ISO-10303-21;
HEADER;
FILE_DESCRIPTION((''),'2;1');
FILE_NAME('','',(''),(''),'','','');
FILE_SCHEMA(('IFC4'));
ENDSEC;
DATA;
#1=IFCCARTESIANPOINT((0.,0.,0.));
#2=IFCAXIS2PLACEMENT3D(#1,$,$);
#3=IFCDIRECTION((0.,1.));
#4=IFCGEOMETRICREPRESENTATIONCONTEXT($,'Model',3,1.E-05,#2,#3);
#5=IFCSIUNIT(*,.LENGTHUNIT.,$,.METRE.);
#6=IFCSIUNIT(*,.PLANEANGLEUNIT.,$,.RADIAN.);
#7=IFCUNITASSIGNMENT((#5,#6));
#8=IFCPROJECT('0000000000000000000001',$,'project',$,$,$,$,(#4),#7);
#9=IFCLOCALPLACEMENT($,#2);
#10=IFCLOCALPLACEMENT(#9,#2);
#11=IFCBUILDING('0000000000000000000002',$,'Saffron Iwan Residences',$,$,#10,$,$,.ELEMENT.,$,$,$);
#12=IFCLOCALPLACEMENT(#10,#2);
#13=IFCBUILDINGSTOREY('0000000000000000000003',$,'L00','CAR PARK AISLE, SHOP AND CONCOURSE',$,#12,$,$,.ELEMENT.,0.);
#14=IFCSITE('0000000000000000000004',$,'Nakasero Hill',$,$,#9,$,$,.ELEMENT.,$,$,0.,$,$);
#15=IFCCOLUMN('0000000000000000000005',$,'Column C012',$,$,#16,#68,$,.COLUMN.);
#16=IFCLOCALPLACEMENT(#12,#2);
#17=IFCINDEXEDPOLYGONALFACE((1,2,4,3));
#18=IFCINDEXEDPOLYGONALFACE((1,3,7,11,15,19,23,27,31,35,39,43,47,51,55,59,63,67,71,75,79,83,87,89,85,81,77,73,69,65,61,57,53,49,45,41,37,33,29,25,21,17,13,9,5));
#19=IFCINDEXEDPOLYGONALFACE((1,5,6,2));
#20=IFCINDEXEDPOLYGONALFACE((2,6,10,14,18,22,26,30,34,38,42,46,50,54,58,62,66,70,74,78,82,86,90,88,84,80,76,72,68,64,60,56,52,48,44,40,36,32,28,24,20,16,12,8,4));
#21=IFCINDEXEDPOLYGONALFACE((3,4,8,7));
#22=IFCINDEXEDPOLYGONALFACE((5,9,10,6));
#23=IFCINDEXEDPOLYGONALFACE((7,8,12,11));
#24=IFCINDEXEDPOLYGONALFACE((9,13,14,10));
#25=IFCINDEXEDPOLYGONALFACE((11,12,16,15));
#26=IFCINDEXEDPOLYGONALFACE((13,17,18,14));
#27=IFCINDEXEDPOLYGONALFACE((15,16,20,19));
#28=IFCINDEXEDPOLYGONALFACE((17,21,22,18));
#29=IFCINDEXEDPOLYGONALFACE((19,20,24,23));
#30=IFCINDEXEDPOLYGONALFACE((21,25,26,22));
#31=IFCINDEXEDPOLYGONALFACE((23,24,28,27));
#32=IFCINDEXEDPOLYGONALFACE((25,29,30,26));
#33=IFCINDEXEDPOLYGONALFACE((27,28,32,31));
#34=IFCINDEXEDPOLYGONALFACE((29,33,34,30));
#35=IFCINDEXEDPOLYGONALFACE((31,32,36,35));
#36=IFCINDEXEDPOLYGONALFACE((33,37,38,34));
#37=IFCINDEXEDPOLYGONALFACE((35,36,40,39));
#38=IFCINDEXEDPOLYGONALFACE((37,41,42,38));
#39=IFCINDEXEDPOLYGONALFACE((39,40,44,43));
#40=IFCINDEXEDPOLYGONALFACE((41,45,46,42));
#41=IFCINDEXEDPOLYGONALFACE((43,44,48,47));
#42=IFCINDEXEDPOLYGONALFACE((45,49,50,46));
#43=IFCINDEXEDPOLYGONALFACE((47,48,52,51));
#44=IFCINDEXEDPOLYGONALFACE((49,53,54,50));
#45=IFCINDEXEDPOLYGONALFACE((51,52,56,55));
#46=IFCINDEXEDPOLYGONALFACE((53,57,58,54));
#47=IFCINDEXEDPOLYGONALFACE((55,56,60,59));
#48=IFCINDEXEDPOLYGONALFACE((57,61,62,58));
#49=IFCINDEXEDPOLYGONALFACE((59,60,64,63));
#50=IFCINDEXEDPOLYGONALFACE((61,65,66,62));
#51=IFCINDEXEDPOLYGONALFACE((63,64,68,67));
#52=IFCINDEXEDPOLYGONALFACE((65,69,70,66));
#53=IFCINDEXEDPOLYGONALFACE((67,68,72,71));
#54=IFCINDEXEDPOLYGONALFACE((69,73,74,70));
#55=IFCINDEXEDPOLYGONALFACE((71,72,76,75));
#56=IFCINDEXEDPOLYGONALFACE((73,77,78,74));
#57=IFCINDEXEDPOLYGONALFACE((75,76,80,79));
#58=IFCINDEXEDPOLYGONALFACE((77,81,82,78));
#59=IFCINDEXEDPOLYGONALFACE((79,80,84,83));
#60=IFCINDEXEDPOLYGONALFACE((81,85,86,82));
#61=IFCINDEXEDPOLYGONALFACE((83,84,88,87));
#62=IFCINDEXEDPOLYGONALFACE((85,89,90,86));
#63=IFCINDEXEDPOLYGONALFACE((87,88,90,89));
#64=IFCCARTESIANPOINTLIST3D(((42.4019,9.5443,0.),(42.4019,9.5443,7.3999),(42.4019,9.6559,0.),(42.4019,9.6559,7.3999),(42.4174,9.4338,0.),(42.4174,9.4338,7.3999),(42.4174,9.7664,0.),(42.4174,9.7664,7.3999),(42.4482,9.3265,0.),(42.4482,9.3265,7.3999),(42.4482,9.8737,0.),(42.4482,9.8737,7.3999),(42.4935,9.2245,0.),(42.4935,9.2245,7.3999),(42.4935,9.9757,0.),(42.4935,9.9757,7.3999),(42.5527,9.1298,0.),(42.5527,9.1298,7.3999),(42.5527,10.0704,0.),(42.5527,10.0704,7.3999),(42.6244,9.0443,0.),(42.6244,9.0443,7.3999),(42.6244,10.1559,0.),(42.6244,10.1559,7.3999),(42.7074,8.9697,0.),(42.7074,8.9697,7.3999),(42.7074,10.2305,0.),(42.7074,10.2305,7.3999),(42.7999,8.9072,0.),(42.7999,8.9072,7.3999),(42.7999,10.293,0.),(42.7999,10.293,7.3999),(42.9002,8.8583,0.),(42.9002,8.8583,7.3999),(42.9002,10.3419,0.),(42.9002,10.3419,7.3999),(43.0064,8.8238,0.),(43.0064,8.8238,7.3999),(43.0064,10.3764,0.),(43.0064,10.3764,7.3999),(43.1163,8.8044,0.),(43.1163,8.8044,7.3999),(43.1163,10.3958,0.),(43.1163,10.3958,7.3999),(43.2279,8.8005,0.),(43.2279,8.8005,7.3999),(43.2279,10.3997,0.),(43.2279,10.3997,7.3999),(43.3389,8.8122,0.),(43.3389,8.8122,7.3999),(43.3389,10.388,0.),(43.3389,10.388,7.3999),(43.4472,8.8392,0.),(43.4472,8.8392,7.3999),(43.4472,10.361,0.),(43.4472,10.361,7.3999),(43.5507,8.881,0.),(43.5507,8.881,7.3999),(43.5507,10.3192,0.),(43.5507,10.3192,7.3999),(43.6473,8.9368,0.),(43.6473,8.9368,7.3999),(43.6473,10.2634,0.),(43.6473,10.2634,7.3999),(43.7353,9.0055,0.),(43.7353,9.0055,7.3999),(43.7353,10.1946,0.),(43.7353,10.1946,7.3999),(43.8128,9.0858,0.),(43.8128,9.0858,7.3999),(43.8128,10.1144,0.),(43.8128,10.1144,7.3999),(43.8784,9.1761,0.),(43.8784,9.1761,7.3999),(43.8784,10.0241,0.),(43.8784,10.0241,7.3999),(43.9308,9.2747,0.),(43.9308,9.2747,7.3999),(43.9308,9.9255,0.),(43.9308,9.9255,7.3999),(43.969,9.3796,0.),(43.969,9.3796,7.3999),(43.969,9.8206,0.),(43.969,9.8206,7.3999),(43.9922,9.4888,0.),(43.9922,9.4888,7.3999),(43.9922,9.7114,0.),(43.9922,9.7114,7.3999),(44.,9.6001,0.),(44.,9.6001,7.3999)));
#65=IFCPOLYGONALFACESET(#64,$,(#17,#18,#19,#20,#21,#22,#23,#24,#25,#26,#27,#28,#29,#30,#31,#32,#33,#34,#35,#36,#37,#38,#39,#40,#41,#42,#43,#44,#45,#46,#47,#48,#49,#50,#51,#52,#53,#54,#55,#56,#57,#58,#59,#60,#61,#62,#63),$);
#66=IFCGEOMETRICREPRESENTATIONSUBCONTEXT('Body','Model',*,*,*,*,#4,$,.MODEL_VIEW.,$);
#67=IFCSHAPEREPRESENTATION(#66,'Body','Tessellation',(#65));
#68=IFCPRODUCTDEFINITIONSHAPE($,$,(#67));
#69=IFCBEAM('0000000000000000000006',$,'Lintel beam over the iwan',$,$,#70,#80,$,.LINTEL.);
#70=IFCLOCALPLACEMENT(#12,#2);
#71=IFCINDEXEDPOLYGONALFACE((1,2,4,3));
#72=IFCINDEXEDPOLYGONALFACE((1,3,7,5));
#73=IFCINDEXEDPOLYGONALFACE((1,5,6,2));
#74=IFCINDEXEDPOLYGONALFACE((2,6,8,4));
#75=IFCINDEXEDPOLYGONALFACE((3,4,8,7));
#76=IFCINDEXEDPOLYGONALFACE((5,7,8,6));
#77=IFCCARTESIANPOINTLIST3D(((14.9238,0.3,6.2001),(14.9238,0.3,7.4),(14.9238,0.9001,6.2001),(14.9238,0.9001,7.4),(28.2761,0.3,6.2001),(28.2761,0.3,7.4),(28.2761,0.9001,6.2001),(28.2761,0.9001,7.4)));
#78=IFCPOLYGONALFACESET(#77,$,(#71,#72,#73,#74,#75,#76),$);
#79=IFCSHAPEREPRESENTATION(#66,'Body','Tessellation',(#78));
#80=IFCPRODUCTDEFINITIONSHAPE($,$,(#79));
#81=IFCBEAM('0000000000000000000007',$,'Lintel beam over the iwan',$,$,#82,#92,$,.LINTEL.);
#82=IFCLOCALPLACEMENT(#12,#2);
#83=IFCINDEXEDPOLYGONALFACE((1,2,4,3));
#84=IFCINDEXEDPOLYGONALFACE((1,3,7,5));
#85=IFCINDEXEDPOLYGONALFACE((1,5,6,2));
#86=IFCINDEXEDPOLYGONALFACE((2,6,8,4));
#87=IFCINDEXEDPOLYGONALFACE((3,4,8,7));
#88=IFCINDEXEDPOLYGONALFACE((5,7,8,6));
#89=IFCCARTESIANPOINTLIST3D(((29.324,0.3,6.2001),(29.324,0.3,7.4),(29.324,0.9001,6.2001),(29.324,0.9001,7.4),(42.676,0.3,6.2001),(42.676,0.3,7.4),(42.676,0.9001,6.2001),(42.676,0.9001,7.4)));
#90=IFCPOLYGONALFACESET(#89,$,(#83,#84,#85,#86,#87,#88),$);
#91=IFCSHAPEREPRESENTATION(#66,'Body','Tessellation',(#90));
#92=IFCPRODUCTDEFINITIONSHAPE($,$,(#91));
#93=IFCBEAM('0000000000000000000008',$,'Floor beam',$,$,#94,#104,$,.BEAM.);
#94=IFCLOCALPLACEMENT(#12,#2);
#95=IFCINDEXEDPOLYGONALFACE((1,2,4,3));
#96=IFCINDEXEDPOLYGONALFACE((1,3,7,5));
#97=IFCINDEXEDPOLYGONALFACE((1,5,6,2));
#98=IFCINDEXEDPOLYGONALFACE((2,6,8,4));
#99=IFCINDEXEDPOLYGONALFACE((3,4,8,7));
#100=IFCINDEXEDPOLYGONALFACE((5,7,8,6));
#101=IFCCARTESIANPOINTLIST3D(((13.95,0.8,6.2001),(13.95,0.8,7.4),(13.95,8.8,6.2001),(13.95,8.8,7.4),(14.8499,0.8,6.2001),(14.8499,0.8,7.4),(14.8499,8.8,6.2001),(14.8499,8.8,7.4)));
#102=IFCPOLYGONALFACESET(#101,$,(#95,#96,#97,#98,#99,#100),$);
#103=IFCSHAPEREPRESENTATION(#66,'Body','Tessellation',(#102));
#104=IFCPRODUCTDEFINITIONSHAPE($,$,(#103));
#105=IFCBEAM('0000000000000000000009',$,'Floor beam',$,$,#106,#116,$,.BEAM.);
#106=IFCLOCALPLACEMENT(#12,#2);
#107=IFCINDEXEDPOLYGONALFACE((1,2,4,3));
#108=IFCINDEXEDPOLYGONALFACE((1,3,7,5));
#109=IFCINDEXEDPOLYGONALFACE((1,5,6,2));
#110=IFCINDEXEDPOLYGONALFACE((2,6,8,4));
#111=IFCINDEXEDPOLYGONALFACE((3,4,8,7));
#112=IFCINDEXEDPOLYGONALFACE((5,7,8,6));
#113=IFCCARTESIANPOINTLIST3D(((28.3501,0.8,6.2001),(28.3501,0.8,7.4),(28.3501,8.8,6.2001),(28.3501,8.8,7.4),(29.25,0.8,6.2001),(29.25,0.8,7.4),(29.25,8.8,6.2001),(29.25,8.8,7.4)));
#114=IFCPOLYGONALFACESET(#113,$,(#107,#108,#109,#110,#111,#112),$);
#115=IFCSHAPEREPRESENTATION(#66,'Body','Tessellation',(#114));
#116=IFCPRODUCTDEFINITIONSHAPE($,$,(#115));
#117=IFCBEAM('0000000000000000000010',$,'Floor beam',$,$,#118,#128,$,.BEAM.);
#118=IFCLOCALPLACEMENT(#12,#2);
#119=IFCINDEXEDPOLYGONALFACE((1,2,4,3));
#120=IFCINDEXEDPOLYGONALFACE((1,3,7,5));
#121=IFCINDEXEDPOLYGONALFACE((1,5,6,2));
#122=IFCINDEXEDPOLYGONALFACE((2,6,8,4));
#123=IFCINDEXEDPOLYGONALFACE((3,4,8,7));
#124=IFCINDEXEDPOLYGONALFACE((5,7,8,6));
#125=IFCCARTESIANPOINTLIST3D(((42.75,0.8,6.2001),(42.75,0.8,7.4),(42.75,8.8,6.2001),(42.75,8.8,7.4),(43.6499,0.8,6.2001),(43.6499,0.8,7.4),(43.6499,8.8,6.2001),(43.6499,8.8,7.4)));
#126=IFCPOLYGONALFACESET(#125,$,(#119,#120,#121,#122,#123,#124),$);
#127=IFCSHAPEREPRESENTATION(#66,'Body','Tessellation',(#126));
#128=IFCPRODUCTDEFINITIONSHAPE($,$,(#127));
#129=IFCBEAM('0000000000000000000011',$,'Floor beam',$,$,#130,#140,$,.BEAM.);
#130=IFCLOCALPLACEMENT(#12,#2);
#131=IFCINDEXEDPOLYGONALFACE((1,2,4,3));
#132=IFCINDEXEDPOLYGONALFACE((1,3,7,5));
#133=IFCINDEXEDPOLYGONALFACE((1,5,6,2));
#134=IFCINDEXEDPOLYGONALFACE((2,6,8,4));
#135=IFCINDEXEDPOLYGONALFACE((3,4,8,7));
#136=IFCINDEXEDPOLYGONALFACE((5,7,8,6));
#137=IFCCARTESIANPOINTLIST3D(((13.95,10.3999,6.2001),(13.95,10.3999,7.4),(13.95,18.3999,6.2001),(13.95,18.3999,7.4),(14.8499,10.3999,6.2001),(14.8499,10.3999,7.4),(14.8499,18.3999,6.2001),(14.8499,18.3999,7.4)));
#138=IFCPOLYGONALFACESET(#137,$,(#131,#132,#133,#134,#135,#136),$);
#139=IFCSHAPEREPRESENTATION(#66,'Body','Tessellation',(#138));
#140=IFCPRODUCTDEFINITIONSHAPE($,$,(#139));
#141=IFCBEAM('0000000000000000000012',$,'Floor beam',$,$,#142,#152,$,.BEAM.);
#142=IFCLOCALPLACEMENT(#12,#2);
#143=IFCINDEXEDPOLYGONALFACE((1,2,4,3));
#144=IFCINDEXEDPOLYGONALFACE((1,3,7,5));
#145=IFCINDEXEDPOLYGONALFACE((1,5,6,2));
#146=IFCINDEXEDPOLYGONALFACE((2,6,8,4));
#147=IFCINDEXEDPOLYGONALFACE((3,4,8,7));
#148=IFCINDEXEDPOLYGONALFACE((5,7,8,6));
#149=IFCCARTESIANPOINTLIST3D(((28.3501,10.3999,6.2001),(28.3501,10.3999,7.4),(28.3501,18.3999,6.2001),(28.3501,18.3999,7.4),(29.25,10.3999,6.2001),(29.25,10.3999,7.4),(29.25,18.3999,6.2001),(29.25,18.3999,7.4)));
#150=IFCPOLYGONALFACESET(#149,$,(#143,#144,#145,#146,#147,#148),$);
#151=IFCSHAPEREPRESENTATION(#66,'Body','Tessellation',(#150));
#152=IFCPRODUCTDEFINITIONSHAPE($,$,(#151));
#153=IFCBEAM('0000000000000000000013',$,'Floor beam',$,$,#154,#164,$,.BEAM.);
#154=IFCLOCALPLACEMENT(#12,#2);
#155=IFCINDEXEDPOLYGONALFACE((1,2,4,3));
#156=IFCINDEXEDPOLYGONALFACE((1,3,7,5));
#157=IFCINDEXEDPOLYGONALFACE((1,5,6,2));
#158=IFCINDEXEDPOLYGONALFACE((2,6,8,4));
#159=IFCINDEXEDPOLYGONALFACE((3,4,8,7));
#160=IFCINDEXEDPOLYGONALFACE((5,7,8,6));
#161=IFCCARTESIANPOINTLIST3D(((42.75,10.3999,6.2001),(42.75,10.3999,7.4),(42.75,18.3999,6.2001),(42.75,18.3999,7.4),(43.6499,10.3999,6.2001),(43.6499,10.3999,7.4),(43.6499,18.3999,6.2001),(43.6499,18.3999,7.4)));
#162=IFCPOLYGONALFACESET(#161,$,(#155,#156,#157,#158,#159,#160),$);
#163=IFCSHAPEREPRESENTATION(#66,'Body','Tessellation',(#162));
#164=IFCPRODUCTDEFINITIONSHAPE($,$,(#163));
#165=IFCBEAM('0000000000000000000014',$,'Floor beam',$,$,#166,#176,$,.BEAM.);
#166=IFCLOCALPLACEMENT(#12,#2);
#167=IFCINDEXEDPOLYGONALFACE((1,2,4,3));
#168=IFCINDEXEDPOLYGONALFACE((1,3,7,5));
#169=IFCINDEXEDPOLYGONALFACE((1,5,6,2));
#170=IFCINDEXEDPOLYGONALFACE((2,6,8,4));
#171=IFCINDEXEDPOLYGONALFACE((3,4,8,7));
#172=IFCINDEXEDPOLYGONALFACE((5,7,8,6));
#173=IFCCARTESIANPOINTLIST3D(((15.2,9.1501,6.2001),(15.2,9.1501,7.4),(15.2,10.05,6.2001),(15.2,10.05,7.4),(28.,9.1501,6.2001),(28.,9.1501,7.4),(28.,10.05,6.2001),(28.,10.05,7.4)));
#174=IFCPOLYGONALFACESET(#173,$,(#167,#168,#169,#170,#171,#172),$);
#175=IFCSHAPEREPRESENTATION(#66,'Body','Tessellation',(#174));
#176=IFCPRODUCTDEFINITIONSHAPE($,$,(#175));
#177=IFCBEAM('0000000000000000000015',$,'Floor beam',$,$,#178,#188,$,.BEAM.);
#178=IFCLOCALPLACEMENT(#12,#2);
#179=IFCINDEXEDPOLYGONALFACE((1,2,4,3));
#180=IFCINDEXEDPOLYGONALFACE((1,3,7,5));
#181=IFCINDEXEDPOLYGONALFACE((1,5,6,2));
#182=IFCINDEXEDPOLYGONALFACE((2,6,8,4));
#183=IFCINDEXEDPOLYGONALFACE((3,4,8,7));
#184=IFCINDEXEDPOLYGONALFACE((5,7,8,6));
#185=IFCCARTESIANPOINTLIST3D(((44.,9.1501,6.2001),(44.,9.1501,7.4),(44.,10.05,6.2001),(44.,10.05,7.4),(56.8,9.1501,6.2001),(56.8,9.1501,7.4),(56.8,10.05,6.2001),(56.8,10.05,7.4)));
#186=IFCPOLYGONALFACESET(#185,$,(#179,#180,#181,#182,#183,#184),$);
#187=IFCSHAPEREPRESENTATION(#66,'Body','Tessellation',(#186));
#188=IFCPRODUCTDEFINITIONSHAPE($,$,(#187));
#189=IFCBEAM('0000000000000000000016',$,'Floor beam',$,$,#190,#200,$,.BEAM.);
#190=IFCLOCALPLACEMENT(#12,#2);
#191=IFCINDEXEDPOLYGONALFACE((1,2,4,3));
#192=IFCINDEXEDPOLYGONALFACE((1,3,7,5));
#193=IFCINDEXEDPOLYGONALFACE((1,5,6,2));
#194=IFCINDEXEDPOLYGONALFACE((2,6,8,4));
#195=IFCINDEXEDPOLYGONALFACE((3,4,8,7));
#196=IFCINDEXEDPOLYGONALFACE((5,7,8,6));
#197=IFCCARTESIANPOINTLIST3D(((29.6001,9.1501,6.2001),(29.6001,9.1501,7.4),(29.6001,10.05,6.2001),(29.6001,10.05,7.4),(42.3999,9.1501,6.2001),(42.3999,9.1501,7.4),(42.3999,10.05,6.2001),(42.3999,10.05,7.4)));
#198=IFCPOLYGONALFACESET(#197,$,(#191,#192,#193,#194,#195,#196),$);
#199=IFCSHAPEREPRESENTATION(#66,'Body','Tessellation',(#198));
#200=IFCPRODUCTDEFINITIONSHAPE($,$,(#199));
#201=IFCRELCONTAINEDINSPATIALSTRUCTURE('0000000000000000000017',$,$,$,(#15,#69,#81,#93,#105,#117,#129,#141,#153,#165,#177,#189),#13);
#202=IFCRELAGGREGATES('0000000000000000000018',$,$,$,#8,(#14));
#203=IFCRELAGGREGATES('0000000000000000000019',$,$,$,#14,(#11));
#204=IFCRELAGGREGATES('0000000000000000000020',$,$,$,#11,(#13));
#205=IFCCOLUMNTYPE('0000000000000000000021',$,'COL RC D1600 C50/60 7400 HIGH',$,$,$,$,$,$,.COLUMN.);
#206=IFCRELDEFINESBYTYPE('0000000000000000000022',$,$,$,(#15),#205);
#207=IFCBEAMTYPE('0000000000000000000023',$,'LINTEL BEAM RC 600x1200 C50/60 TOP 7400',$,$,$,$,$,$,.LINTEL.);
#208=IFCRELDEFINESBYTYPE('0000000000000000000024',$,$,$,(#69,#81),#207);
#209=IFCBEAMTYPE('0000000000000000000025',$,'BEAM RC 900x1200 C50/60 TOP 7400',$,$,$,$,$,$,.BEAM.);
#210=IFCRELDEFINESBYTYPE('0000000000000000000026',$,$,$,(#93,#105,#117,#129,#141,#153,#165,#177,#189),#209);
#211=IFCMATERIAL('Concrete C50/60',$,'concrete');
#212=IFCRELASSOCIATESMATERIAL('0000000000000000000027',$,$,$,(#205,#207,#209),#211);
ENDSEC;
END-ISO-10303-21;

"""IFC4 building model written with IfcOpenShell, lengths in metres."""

from ifc_helpers import new_model, si_unit, direction, frame, origin, origin_2d, place, context, subcontext, project, spatial, rectangle, circle, extrude, source, transform, mapped, material, material_profile, profile_set, type_object, element, save


model = new_model("IFC4")

# Units and contexts
model_context = context("Model", 3, precision=1e-05, world=origin(), true_north=direction((0.0, 1.0)))
body_context = subcontext(model_context, "Body", "Model", "MODEL_VIEW")
ifc_project = project(units=[si_unit("LENGTHUNIT", "METRE"), si_unit("PLANEANGLEUNIT", "RADIAN")], contexts=[model_context])

# Site, building, storey
site_placement = place(None, origin())
site = spatial("IfcSite", under=ifc_project, at=site_placement, Name="Nakasero Hill", CompositionType="ELEMENT", RefElevation=0.0)
building_placement = place(site_placement, origin())
building = spatial("IfcBuilding", under=site, at=building_placement, Name="Saffron Iwan Residences", CompositionType="ELEMENT")
storey_placement = place(building_placement, origin())
storey = spatial("IfcBuildingStorey", under=building, at=storey_placement, Name="L00", Description="CAR PARK AISLE, SHOP AND CONCOURSE", CompositionType="ELEMENT", Elevation=0.0)

# Column
ifc_material_1 = material(Name="Concrete C50/60", Category="concrete")
ifc_material_profile_1 = material_profile(ifc_material_1, circle(Radius=0.8, at=origin_2d()), Name="RC D1600")
ifc_profile_set_1 = profile_set([ifc_material_profile_1], Name="Concrete C50/60")
column_type = type_object("IfcColumnType", Name="COL RC D1600 C50/60 7400 HIGH", PredefinedType="COLUMN", material=ifc_profile_set_1)
shared_shape_1 = source(origin(), body_context, "Body", "SweptSolid", [
    extrude(circle(Radius=0.8, at=origin_2d()), origin(), (0.0, 0.0, 1.0), 7.3999),
])
for number, where, z_axis, x_axis, name in (
    (1, (43.2, 9.6001, 0.0), (0.0, 0.0, 1.0), (1.0, 0.0, 0.0), "Column C012"),
):
    element("IfcColumn", number, at=place(storey_placement, frame(where, z_axis=z_axis, x_axis=x_axis)), inside=storey, type_object=column_type, Name=name, PredefinedType="COLUMN", context=body_context, shape_type="MappedRepresentation", body=[
        mapped(shared_shape_1, transform((0.0, 0.0, 0.0))),
    ])

# Beams
ifc_material_profile_2 = material_profile(ifc_material_1, rectangle(XDim=0.6001, YDim=1.2, at=origin_2d()), Name="RC 600x1200")
ifc_profile_set_2 = profile_set([ifc_material_profile_2], Name="Concrete C50/60")
beam_type_1 = type_object("IfcBeamType", Name="LINTEL BEAM RC 600x1200 C50/60 TOP 7400", PredefinedType="LINTEL", material=ifc_profile_set_2)
shared_shape_2 = source(origin(), body_context, "Body", "SweptSolid", [
    extrude(rectangle(XDim=0.6001, YDim=1.2, at=origin_2d()), origin(), (0.0, 0.0, 1.0), 13.3523),
])
beam_1_placement = place(storey_placement, frame((28.2761, 0.6001, 6.8), z_axis=(-1.0, 0.0, 0.0), x_axis=(0.0, -1.0, 0.0)))
element("IfcBeam", 2, at=beam_1_placement, inside=storey, type_object=beam_type_1, Name="Lintel beam over the iwan", PredefinedType="LINTEL", context=body_context, shape_type="MappedRepresentation", body=[
    mapped(shared_shape_2, transform((0.0, 0.0, 0.0))),
])
shared_shape_3 = source(origin(), body_context, "Body", "SweptSolid", [
    extrude(rectangle(XDim=0.6001, YDim=1.2, at=origin_2d()), origin(), (0.0, 0.0, 1.0), 13.3521),
])
beam_2_placement = place(storey_placement, frame((42.676, 0.6001, 6.8), z_axis=(-1.0, 0.0, 0.0), x_axis=(0.0, -1.0, 0.0)))
element("IfcBeam", 3, at=beam_2_placement, inside=storey, type_object=beam_type_1, Name="Lintel beam over the iwan", PredefinedType="LINTEL", context=body_context, shape_type="MappedRepresentation", body=[
    mapped(shared_shape_3, transform((0.0, 0.0, 0.0))),
])
ifc_material_profile_3 = material_profile(ifc_material_1, rectangle(XDim=0.8999, YDim=1.2, at=origin_2d()), Name="RC 900x1200")
ifc_profile_set_3 = profile_set([ifc_material_profile_3], Name="Concrete C50/60")
beam_type_2 = type_object("IfcBeamType", Name="BEAM RC 900x1200 C50/60 TOP 7400", PredefinedType="BEAM", material=ifc_profile_set_3)
shared_shape_4 = source(origin(), body_context, "Body", "SweptSolid", [
    extrude(rectangle(XDim=0.8999, YDim=1.2, at=origin_2d()), origin(), (0.0, 0.0, 1.0), 8.0),
])
for number, where, z_axis, x_axis, name in (
    (4, (14.3999, 0.8, 6.8), (0.0, 1.0, 0.0), (-1.0, 0.0, 0.0), "Floor beam"),
    (5, (28.8, 0.8, 6.8), (0.0, 1.0, 0.0), (-1.0, 0.0, 0.0), "Floor beam"),
    (6, (43.2, 0.8, 6.8), (0.0, 1.0, 0.0), (-1.0, 0.0, 0.0), "Floor beam"),
    (7, (14.3999, 10.3999, 6.8), (0.0, 1.0, 0.0), (-1.0, 0.0, 0.0), "Floor beam"),
    (8, (28.8, 10.3999, 6.8), (0.0, 1.0, 0.0), (-1.0, 0.0, 0.0), "Floor beam"),
    (9, (43.2, 10.3999, 6.8), (0.0, 1.0, 0.0), (-1.0, 0.0, 0.0), "Floor beam"),
):
    element("IfcBeam", number, at=place(storey_placement, frame(where, z_axis=z_axis, x_axis=x_axis)), inside=storey, type_object=beam_type_2, Name=name, PredefinedType="BEAM", context=body_context, shape_type="MappedRepresentation", body=[
        mapped(shared_shape_4, transform((0.0, 0.0, 0.0))),
    ])
shared_shape_5 = source(origin(), body_context, "Body", "SweptSolid", [
    extrude(rectangle(XDim=0.8999, YDim=1.2, at=origin_2d()), origin(), (0.0, 0.0, 1.0), 12.8),
])
for number, where, z_axis, x_axis, name in (
    (10, (15.2, 9.6001, 6.8), (1.0, 0.0, 0.0), (0.0, 1.0, 0.0), "Floor beam"),
    (11, (44.0, 9.6001, 6.8), (1.0, 0.0, 0.0), (0.0, 1.0, 0.0), "Floor beam"),
):
    element("IfcBeam", number, at=place(storey_placement, frame(where, z_axis=z_axis, x_axis=x_axis)), inside=storey, type_object=beam_type_2, Name=name, PredefinedType="BEAM", context=body_context, shape_type="MappedRepresentation", body=[
        mapped(shared_shape_5, transform((0.0, 0.0, 0.0))),
    ])
shared_shape_6 = source(origin(), body_context, "Body", "SweptSolid", [
    extrude(rectangle(XDim=0.8999, YDim=1.2, at=origin_2d()), origin(), (0.0, 0.0, 1.0), 12.7998),
])
beam_3_placement = place(storey_placement, frame((29.6001, 9.6001, 6.8), z_axis=(1.0, 0.0, 0.0), x_axis=(0.0, 1.0, 0.0)))
element("IfcBeam", 12, at=beam_3_placement, inside=storey, type_object=beam_type_2, Name="Floor beam", PredefinedType="BEAM", context=body_context, shape_type="MappedRepresentation", body=[
    mapped(shared_shape_6, transform((0.0, 0.0, 0.0))),
])

save(model, "model.ifc")
